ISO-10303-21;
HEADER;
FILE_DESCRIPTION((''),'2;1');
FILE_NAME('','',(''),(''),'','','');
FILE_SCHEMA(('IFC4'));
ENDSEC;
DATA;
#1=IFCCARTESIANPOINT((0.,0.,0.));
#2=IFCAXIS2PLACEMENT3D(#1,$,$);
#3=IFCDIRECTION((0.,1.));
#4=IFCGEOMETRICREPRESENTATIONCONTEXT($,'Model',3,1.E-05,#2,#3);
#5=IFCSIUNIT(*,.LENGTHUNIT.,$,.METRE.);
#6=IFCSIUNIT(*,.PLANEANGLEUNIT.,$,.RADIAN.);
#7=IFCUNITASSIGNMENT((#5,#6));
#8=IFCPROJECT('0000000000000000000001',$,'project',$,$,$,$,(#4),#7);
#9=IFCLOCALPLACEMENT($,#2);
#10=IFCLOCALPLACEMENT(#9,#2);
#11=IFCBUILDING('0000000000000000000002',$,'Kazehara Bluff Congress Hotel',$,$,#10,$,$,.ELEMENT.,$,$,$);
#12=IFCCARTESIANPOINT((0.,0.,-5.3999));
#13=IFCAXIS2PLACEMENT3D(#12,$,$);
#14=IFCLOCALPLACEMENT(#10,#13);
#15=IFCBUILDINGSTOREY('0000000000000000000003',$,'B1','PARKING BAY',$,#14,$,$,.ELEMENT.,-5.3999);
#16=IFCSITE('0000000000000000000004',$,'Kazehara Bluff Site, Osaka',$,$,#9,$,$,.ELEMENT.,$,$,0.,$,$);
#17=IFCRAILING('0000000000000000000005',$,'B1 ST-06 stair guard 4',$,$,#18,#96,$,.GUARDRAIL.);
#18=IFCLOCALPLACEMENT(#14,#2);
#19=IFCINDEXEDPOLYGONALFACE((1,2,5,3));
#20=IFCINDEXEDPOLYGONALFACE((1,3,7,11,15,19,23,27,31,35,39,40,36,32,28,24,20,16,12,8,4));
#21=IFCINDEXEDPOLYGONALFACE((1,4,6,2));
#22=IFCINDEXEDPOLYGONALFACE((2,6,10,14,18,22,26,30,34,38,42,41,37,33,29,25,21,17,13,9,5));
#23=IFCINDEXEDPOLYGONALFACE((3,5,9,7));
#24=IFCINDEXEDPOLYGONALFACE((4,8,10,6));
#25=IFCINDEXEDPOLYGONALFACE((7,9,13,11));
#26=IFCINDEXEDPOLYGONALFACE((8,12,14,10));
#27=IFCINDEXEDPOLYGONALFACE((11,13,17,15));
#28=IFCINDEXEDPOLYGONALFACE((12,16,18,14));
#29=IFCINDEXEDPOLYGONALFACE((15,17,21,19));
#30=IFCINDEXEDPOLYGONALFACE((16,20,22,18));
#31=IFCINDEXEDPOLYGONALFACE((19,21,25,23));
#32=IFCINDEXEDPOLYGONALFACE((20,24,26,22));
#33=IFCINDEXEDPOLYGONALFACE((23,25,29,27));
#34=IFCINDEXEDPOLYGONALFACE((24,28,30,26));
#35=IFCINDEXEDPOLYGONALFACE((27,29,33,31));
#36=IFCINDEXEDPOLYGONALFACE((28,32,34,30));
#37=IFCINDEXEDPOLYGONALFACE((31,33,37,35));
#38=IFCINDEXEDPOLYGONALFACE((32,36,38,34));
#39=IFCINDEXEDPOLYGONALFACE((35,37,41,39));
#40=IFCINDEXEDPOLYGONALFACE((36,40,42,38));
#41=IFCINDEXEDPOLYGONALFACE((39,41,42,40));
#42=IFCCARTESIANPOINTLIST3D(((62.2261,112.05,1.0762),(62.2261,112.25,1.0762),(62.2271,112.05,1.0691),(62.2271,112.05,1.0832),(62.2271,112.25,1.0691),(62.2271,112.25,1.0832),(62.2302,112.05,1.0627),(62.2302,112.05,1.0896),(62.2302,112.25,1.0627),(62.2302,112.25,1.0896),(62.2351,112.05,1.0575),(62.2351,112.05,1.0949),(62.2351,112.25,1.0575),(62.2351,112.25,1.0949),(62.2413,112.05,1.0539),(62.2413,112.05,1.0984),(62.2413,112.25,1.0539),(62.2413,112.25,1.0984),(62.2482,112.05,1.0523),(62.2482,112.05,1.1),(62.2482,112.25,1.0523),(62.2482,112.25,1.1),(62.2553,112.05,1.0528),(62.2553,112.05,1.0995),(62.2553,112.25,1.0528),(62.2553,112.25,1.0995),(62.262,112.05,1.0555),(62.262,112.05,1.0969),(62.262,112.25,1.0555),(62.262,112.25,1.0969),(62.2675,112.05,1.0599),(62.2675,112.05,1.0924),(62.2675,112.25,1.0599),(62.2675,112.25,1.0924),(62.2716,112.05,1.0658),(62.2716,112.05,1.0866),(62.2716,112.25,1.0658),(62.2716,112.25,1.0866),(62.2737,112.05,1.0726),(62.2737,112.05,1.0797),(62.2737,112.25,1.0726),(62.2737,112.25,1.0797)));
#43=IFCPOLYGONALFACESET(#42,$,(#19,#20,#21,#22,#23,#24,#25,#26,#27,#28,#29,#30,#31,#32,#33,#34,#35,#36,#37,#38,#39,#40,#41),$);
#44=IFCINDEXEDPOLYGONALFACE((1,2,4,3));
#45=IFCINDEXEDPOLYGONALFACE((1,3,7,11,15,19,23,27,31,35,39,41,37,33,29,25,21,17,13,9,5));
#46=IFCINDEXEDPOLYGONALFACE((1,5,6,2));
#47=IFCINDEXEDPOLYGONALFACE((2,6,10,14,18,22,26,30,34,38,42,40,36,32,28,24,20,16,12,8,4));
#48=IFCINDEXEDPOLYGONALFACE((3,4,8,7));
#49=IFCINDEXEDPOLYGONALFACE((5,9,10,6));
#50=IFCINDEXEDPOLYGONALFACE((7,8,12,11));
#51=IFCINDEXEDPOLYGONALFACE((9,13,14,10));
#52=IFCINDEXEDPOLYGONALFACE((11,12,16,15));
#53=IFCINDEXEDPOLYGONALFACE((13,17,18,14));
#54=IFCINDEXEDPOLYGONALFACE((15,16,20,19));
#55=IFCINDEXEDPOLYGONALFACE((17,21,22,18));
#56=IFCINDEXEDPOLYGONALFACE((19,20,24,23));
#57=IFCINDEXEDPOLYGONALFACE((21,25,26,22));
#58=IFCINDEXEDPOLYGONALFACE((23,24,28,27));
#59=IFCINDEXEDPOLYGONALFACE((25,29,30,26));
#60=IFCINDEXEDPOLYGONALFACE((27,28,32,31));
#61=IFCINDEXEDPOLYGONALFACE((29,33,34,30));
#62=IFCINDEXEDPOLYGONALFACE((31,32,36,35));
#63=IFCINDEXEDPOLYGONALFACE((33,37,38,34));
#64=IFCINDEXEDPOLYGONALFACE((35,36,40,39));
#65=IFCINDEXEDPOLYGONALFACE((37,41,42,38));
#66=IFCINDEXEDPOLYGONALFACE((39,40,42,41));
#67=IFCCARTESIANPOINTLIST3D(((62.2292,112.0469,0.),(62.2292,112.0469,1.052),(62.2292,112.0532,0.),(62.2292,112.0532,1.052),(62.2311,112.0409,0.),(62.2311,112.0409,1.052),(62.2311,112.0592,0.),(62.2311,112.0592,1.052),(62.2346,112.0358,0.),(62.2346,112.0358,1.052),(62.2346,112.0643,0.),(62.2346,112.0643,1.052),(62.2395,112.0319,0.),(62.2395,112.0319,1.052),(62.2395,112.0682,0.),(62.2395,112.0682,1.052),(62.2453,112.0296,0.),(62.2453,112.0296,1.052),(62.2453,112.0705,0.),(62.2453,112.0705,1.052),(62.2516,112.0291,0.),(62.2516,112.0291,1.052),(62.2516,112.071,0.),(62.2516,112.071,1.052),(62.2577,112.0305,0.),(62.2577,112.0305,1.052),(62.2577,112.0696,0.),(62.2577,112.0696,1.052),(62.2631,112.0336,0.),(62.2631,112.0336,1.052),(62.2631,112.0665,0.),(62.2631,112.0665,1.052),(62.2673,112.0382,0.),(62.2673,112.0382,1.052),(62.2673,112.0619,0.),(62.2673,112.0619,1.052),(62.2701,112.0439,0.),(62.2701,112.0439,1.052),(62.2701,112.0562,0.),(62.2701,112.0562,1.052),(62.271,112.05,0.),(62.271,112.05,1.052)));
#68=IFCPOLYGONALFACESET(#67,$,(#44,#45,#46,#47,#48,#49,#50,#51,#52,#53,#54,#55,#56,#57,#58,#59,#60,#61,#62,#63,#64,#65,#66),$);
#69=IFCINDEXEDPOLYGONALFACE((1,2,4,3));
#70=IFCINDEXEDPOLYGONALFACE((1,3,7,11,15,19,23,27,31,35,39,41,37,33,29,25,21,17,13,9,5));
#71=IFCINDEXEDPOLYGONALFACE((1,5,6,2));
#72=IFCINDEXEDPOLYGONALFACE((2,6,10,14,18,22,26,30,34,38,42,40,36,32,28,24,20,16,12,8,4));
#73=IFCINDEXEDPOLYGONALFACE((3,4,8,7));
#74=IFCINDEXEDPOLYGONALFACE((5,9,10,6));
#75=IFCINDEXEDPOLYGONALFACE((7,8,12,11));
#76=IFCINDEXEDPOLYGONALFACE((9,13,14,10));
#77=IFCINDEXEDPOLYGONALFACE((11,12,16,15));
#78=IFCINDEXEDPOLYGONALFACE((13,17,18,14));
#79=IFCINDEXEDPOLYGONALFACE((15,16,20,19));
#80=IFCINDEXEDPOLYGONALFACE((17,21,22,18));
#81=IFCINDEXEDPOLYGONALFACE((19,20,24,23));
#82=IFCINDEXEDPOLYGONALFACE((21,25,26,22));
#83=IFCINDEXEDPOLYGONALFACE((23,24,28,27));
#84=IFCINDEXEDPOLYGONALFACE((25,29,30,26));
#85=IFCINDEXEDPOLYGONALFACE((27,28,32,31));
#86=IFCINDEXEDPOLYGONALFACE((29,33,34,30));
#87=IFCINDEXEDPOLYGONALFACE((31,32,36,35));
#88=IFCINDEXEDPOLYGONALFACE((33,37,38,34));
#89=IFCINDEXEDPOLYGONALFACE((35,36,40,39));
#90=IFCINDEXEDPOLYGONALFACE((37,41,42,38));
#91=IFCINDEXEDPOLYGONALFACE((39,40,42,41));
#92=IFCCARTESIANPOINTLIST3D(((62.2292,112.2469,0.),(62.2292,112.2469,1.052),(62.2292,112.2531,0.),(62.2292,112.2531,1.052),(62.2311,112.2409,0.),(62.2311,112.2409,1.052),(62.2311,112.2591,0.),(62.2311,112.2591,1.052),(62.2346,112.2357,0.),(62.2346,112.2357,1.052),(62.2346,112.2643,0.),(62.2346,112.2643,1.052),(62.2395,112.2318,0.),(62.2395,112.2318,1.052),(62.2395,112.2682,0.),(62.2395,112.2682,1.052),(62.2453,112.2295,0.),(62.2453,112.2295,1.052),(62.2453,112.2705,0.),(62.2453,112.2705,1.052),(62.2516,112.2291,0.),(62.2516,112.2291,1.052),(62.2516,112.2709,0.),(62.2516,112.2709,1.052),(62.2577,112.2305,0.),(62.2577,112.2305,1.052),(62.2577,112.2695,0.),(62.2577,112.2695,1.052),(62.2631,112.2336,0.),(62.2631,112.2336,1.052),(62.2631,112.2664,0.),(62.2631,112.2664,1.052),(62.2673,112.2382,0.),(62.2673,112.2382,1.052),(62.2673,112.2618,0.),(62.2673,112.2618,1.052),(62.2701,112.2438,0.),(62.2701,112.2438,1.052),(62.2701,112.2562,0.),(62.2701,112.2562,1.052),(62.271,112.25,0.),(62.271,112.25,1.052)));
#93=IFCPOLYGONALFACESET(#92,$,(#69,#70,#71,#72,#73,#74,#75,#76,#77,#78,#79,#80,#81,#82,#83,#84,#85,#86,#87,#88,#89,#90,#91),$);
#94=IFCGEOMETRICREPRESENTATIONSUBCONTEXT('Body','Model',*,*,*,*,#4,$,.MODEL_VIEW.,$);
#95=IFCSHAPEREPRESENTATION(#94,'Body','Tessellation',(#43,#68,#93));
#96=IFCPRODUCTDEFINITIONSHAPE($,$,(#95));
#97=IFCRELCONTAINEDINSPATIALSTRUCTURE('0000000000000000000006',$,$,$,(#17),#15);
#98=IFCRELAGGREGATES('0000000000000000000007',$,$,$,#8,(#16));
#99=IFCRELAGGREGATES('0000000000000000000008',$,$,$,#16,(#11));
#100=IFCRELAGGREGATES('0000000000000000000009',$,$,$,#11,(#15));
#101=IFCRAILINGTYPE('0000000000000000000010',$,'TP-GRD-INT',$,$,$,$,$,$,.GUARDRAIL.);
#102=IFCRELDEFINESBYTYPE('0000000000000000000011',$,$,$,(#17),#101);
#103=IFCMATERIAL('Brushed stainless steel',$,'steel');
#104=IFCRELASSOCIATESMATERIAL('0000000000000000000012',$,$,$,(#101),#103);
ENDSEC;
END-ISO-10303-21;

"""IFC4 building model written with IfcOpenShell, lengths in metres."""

from ifc_helpers import new_model, si_unit, direction, frame, origin, origin_2d, place, context, subcontext, project, spatial, circle, extrude, material, type_object, element, save


model = new_model("IFC4")

# Units and contexts
model_context = context("Model", 3, precision=1e-05, world=origin(), true_north=direction((0.0, 1.0)))
body_context = subcontext(model_context, "Body", "Model", "MODEL_VIEW")
ifc_project = project(units=[si_unit("LENGTHUNIT", "METRE"), si_unit("PLANEANGLEUNIT", "RADIAN")], contexts=[model_context])

# Site, building, storey
site_placement = place(None, origin())
site = spatial("IfcSite", under=ifc_project, at=site_placement, Name="Kazehara Bluff Site, Osaka", CompositionType="ELEMENT", RefElevation=0.0)
building_placement = place(site_placement, origin())
building = spatial("IfcBuilding", under=site, at=building_placement, Name="Kazehara Bluff Congress Hotel", CompositionType="ELEMENT")
storey_placement = place(building_placement, frame((0.0, 0.0, -5.3999)))
storey = spatial("IfcBuildingStorey", under=building, at=storey_placement, Name="B1", Description="PARKING BAY", CompositionType="ELEMENT", Elevation=-5.3999)

# Railing
ifc_material_1 = material(Name="Brushed stainless steel", Category="steel")
railing_type_1 = type_object("IfcRailingType", Name="TP-GRD-INT", PredefinedType="GUARDRAIL", material=ifc_material_1)
railing_1_placement = place(storey_placement, frame((62.25, 112.05, 0.0)))
element("IfcRailing", 1, at=railing_1_placement, inside=storey, type_object=railing_type_1, Name="B1 ST-06 stair guard 4", PredefinedType="GUARDRAIL", context=body_context, shape_type="SweptSolid", body=[
    extrude(circle(Radius=0.0239, at=origin_2d()), frame((0.0, 0.0, 1.0762), z_axis=(0.0, 1.0, 0.0), x_axis=(-1.0, 0.0, 0.0)), (0.0, 0.0, 1.0), 0.2),
    extrude(circle(Radius=0.021, at=origin_2d()), origin(), (0.0, 0.0, 1.0), 1.052),
    extrude(circle(Radius=0.021, at=origin_2d()), frame((0.0, 0.2, 0.0)), (0.0, 0.0, 1.0), 1.052),
])

save(model, "model.ifc")
